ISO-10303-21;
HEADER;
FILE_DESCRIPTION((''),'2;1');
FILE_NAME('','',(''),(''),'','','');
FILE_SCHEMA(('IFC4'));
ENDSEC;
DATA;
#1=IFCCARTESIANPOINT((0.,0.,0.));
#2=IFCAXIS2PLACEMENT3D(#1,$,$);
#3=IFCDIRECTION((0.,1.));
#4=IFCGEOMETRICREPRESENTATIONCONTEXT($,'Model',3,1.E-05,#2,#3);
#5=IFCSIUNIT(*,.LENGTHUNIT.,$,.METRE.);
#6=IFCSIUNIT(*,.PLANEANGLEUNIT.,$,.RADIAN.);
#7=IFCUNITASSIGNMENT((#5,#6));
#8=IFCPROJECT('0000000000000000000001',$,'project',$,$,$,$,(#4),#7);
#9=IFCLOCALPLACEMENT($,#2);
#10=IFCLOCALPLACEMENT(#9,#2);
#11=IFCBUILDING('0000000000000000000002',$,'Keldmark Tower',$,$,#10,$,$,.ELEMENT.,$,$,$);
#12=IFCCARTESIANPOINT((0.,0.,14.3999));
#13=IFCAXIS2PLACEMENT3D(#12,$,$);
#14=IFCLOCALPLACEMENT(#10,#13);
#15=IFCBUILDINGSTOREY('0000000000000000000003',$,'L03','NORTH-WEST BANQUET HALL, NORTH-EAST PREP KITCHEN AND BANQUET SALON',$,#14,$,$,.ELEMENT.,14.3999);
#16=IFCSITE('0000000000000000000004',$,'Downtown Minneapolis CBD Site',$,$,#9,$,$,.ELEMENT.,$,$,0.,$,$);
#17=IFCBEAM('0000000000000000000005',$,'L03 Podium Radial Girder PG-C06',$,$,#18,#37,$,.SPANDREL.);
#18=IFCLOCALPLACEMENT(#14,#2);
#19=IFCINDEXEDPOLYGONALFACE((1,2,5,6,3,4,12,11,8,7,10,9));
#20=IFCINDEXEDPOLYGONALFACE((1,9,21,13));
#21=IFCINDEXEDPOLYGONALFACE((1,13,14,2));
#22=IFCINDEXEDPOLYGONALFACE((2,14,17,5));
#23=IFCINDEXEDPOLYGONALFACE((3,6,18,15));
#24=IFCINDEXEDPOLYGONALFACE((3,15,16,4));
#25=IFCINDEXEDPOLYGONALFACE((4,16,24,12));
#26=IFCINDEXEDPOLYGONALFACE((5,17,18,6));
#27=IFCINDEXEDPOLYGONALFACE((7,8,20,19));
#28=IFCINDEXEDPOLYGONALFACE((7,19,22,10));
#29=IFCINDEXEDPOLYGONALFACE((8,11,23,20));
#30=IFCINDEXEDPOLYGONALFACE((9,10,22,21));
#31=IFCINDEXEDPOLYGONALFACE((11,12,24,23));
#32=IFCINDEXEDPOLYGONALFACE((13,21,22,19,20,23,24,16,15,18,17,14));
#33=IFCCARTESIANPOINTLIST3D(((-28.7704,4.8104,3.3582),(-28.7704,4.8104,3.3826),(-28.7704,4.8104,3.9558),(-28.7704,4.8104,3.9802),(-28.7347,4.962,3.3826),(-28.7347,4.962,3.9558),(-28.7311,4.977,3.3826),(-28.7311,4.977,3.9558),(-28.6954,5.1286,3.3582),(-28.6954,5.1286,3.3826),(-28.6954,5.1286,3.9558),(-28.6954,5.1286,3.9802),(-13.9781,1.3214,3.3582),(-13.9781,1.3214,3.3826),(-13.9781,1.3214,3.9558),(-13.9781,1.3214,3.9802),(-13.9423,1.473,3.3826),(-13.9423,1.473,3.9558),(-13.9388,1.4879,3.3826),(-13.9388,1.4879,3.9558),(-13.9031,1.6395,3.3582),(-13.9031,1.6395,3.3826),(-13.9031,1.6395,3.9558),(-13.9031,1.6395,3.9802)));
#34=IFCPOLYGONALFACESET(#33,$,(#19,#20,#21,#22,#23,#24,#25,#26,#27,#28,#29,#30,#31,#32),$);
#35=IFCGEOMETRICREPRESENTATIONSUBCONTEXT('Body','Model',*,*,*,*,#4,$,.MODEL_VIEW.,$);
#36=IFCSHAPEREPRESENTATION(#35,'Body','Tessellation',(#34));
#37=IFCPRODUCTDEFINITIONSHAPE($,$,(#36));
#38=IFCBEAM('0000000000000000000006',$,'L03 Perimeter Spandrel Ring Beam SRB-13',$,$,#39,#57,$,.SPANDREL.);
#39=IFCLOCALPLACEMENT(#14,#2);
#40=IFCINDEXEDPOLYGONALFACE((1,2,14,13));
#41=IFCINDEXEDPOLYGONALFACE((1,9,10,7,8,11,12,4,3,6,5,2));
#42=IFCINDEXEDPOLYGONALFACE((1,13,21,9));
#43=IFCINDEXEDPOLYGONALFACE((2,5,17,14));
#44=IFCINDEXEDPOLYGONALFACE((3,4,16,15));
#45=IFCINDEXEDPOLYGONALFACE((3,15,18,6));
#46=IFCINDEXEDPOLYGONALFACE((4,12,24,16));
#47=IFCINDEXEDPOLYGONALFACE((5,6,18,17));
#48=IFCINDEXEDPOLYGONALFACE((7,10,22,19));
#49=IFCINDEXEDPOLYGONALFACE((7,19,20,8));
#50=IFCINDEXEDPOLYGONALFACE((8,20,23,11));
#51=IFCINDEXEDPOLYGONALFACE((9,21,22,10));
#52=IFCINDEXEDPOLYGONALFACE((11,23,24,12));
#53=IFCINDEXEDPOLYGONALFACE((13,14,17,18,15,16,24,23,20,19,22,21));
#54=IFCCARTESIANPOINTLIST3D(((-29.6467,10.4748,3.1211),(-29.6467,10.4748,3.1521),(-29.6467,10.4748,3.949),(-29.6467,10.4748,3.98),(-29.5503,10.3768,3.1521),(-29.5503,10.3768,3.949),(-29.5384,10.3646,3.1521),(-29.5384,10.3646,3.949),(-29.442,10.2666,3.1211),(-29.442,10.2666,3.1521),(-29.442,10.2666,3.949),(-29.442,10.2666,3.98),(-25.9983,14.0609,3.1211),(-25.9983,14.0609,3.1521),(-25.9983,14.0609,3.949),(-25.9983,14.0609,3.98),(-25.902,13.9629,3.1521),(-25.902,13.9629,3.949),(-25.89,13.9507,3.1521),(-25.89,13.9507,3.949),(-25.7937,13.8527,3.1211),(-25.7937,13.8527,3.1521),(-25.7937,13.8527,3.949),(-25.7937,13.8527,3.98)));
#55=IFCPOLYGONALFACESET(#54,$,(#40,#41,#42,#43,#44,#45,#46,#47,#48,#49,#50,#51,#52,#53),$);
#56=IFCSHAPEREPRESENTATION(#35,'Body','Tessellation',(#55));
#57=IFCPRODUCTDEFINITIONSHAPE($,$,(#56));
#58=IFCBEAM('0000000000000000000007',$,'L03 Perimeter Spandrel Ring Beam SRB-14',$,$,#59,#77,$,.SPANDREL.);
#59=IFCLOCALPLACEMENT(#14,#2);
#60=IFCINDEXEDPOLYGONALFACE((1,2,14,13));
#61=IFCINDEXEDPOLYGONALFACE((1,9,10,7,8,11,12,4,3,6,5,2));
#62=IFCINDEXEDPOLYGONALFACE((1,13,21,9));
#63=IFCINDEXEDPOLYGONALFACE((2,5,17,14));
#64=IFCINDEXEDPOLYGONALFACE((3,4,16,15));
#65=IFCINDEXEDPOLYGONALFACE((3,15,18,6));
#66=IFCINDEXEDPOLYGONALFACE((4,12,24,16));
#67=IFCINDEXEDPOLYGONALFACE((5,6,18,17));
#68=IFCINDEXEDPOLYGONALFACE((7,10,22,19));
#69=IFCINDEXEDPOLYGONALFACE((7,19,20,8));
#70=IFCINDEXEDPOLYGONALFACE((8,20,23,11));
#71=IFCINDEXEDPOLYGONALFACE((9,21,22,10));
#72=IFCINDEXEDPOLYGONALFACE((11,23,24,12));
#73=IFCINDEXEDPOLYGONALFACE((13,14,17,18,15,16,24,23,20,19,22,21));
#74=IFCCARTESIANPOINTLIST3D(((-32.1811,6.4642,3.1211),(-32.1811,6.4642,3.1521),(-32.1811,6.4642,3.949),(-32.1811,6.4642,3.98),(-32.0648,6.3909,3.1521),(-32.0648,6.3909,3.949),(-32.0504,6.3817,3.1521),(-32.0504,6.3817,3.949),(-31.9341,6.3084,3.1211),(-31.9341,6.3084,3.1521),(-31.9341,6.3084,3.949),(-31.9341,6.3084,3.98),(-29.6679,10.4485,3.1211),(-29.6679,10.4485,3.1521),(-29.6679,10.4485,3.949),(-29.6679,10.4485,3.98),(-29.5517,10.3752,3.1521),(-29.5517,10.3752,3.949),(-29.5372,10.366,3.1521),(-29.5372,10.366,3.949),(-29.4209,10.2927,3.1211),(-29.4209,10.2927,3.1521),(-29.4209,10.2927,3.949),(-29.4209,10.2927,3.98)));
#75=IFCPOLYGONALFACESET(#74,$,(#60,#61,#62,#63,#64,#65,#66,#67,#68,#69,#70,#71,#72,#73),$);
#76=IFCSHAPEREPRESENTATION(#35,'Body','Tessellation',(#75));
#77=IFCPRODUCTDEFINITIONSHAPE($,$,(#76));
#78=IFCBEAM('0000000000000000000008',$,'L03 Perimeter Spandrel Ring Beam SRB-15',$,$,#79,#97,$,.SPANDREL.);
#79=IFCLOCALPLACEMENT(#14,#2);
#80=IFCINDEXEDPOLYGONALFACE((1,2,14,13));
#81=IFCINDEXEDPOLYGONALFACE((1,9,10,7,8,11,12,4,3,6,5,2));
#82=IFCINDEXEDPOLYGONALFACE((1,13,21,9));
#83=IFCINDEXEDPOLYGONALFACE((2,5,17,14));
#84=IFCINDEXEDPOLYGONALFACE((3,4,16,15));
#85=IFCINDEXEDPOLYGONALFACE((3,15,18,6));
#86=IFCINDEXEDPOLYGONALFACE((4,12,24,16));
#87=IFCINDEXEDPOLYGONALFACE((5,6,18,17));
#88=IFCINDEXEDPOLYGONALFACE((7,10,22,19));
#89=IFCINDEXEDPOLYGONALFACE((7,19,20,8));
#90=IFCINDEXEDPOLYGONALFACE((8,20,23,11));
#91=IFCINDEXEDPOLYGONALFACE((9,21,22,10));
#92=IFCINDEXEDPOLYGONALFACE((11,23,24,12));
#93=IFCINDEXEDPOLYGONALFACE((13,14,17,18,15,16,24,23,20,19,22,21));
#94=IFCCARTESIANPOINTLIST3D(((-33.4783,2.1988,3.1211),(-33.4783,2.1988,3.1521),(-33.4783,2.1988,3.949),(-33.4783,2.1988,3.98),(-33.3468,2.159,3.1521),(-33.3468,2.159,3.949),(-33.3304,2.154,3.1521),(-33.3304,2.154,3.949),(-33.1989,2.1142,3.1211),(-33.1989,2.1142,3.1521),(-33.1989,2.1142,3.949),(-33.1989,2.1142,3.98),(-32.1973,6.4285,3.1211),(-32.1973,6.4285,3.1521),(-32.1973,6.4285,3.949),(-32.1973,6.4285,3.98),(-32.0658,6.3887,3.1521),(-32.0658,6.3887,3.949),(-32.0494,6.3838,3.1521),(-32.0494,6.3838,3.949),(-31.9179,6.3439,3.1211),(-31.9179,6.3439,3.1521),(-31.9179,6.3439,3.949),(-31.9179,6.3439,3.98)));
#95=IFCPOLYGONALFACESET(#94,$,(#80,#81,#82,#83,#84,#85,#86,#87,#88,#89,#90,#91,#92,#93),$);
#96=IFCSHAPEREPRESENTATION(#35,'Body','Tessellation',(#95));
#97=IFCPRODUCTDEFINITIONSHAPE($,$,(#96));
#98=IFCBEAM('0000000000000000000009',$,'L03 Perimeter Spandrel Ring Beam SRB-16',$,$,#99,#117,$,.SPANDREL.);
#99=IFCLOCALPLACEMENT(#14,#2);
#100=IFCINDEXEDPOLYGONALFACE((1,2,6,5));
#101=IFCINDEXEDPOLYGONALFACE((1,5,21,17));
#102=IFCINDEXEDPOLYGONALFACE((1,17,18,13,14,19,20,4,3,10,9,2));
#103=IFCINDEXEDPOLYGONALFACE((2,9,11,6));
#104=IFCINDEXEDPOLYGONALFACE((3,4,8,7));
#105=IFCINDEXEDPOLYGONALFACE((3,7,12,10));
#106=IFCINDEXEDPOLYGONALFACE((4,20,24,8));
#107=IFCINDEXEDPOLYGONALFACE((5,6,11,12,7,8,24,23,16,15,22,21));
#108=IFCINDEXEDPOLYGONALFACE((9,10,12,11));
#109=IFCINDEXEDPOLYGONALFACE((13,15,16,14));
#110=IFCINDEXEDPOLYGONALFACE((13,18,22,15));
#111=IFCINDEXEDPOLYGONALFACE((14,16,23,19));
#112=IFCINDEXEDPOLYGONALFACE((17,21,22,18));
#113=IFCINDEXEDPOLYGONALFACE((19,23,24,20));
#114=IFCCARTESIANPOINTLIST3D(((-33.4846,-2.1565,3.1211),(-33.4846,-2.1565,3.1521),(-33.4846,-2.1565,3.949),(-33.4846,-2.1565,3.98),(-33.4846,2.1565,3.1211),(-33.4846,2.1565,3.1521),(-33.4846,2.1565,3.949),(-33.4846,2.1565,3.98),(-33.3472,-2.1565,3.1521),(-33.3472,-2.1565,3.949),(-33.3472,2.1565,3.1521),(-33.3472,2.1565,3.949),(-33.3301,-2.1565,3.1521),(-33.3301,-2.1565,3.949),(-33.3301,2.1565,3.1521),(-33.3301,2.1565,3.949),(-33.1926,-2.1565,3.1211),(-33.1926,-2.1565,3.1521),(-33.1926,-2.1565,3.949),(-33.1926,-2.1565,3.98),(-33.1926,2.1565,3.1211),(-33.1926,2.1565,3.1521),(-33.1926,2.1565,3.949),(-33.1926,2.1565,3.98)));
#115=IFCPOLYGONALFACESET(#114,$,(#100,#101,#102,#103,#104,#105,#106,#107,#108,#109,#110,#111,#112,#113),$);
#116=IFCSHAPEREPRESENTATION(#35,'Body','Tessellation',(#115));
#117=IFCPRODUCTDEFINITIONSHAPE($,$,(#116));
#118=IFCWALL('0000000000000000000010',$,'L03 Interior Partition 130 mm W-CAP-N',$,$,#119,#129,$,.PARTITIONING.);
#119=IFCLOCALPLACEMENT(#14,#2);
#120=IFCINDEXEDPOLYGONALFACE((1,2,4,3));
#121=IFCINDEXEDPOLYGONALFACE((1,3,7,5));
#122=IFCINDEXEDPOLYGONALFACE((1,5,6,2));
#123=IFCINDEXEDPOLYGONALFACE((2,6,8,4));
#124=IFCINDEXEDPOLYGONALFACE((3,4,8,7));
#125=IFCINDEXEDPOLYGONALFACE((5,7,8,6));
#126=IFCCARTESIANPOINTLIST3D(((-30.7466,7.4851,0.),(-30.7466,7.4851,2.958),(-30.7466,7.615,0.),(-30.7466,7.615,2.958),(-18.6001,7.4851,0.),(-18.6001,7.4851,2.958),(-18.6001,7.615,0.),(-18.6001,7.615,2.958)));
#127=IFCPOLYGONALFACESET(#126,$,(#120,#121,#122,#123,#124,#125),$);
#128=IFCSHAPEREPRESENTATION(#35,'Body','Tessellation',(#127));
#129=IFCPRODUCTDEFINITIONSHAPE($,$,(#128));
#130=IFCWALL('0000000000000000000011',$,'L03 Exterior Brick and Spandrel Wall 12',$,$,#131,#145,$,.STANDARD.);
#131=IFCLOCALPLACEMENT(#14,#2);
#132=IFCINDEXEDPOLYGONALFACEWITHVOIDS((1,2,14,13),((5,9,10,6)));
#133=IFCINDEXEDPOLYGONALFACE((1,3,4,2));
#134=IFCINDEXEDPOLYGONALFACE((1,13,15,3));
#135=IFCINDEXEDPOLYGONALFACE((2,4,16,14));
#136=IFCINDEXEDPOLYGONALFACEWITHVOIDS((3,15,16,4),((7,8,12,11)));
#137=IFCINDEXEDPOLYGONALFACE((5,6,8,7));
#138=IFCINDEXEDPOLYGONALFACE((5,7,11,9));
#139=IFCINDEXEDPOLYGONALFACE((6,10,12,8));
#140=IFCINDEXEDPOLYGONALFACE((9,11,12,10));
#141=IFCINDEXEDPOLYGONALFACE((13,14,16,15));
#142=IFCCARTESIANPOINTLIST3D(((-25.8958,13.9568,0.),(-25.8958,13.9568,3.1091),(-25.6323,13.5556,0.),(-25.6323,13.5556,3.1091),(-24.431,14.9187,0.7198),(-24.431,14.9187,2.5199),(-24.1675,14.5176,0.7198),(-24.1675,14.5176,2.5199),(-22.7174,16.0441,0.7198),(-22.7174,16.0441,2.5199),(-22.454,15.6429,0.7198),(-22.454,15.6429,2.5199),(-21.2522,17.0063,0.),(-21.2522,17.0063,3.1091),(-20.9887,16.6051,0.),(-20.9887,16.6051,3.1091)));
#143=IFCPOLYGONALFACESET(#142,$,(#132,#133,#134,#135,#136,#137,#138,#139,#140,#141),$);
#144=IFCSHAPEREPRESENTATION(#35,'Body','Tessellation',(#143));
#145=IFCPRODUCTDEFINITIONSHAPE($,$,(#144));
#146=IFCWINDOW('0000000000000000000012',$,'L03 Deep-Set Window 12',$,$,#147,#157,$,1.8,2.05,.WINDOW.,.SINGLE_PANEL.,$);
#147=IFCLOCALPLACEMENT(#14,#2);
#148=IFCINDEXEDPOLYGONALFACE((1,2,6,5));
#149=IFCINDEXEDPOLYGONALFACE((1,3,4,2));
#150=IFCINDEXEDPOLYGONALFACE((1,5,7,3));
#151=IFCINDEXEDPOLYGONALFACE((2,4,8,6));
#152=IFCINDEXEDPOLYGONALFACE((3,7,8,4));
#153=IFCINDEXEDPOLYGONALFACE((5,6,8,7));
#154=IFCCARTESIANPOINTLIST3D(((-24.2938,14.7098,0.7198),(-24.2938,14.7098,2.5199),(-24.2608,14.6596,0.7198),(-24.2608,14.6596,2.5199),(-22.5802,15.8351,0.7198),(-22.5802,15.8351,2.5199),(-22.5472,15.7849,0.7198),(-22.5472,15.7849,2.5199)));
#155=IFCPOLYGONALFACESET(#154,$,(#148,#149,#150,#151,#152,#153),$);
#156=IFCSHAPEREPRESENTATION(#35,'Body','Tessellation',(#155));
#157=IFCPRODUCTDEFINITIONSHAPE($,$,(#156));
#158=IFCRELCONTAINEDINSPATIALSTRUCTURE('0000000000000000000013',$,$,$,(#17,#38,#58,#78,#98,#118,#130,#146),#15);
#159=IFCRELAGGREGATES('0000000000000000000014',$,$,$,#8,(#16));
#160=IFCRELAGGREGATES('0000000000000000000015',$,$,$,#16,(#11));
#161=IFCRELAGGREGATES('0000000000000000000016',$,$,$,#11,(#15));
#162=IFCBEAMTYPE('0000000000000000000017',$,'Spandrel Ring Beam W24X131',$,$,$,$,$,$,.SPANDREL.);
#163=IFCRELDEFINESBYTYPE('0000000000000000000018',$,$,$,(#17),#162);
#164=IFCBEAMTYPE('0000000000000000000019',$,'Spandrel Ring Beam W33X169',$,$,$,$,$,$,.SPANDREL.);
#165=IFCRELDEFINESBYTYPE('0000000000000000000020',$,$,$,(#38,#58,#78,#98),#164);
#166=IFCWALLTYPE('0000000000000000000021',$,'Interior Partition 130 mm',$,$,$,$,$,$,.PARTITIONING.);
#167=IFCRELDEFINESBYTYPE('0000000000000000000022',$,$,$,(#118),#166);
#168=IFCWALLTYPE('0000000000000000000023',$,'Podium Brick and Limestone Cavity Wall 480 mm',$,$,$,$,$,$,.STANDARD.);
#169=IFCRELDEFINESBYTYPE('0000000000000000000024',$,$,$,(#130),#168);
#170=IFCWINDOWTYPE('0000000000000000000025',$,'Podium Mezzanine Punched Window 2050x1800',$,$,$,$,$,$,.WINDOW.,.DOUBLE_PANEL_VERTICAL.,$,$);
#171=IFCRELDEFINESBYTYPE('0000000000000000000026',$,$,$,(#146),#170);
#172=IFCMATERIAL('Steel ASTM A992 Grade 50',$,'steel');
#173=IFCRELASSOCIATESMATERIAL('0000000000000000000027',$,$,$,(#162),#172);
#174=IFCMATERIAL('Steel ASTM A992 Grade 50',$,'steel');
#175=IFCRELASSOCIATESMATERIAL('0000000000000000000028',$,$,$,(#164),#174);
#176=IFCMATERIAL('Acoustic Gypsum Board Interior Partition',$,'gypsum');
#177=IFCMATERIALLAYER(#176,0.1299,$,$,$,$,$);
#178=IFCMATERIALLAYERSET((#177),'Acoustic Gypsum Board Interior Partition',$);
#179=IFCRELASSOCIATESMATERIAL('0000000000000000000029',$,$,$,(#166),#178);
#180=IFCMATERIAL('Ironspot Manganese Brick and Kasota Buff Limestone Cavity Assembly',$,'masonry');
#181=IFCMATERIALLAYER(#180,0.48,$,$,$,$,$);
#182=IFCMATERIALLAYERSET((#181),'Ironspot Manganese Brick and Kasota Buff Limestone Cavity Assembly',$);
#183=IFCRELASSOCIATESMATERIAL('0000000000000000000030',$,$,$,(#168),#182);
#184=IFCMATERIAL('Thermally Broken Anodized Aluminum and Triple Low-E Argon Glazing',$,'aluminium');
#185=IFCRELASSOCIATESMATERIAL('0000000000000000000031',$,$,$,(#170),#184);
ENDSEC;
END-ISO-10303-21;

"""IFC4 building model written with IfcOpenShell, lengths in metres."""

from ifc_helpers import new_model, si_unit, direction, frame, frame_2d, origin, origin_2d, place, context, subcontext, project, spatial, rectangle, i_section, extrude, material, layer, layer_set, material_profile, profile_set, type_object, element, fill, save


model = new_model("IFC4")

# Units and contexts
model_context = context("Model", 3, precision=1e-05, world=origin(), true_north=direction((0.0, 1.0)))
body_context = subcontext(model_context, "Body", "Model", "MODEL_VIEW")
ifc_project = project(units=[si_unit("LENGTHUNIT", "METRE"), si_unit("PLANEANGLEUNIT", "RADIAN")], contexts=[model_context])

# Site, building, storey
site_placement = place(None, origin())
site = spatial("IfcSite", under=ifc_project, at=site_placement, Name="Downtown Minneapolis CBD Site", CompositionType="ELEMENT", RefElevation=0.0)
building_placement = place(site_placement, origin())
building = spatial("IfcBuilding", under=site, at=building_placement, Name="Keldmark Tower", CompositionType="ELEMENT")
storey_placement = place(building_placement, frame((0.0, 0.0, 14.3999)))
storey = spatial("IfcBuildingStorey", under=building, at=storey_placement, Name="L03", Description="NORTH-WEST BANQUET HALL, NORTH-EAST PREP KITCHEN AND BANQUET SALON", CompositionType="ELEMENT", Elevation=14.3999)

# Beams
ifc_material_1 = material(Name="Steel ASTM A992 Grade 50", Category="steel")
ifc_material_profile_1 = material_profile(ifc_material_1, i_section(OverallWidth=0.3269, OverallDepth=0.6221, WebThickness=0.0154, FlangeThickness=0.0244, at=origin_2d()), Name="W24X131")
ifc_profile_set_1 = profile_set([ifc_material_profile_1], Name="Steel ASTM A992 Grade 50")
beam_type_1 = type_object("IfcBeamType", Name="Spandrel Ring Beam W24X131", PredefinedType="SPANDREL", material=ifc_profile_set_1)
beam_1_placement = place(storey_placement, frame((-28.7329, 4.9695, 3.6692), z_axis=(0.973293, -0.229568, 0.0), x_axis=(0.229568, 0.973293, 0.0)))
element("IfcBeam", 1, at=beam_1_placement, inside=storey, type_object=beam_type_1, Name="L03 Podium Radial Girder PG-C06", PredefinedType="SPANDREL", context=body_context, shape_type="SweptSolid", body=[
    extrude(i_section(OverallWidth=0.3269, OverallDepth=0.6221, WebThickness=0.0154, FlangeThickness=0.0244, at=origin_2d()), origin(), (0.0, 0.0, 1.0), 15.1982),
])
ifc_material_2 = material(Name="Steel ASTM A992 Grade 50", Category="steel")
ifc_material_profile_2 = material_profile(ifc_material_2, i_section(OverallWidth=0.292, OverallDepth=0.8589, WebThickness=0.0171, FlangeThickness=0.031, at=origin_2d()), Name="W33X169")
ifc_profile_set_2 = profile_set([ifc_material_profile_2], Name="Steel ASTM A992 Grade 50")
beam_type_2 = type_object("IfcBeamType", Name="Spandrel Ring Beam W33X169", PredefinedType="SPANDREL", material=ifc_profile_set_2)
beam_2_placement = place(storey_placement, frame((-25.896, 13.9568, 3.5505), z_axis=(-0.713165, -0.700996, 0.0), x_axis=(0.700996, -0.713165, 0.0)))
element("IfcBeam", 2, at=beam_2_placement, inside=storey, type_object=beam_type_2, Name="L03 Perimeter Spandrel Ring Beam SRB-13", PredefinedType="SPANDREL", context=body_context, shape_type="SweptSolid", body=[
    extrude(i_section(OverallWidth=0.292, OverallDepth=0.8589, WebThickness=0.0171, FlangeThickness=0.031, at=origin_2d()), origin(), (0.0, 0.0, 1.0), 5.1157),
])
beam_3_placement = place(storey_placement, frame((-29.5444, 10.3706, 3.5505), z_axis=(-0.533498, -0.845802, 0.0), x_axis=(0.845802, -0.533498, 0.0)))
element("IfcBeam", 3, at=beam_3_placement, inside=storey, type_object=beam_type_2, Name="L03 Perimeter Spandrel Ring Beam SRB-14", PredefinedType="SPANDREL", context=body_context, shape_type="SweptSolid", body=[
    extrude(i_section(OverallWidth=0.292, OverallDepth=0.8589, WebThickness=0.0171, FlangeThickness=0.031, at=origin_2d()), origin(), (0.0, 0.0, 1.0), 4.7107),
])
beam_4_placement = place(storey_placement, frame((-32.0576, 6.3862, 3.5505), z_axis=(-0.289856, -0.95707, 0.0), x_axis=(0.95707, -0.289856, 0.0)))
element("IfcBeam", 4, at=beam_4_placement, inside=storey, type_object=beam_type_2, Name="L03 Perimeter Spandrel Ring Beam SRB-15", PredefinedType="SPANDREL", context=body_context, shape_type="SweptSolid", body=[
    extrude(i_section(OverallWidth=0.292, OverallDepth=0.8589, WebThickness=0.0171, FlangeThickness=0.031, at=origin_2d()), origin(), (0.0, 0.0, 1.0), 4.4194),
])
beam_5_placement = place(storey_placement, frame((-33.3386, 2.1565, 3.5505), z_axis=(0.0, -1.0, 0.0), x_axis=(1.0, 0.0, 0.0)))
element("IfcBeam", 5, at=beam_5_placement, inside=storey, type_object=beam_type_2, Name="L03 Perimeter Spandrel Ring Beam SRB-16", PredefinedType="SPANDREL", context=body_context, shape_type="SweptSolid", body=[
    extrude(i_section(OverallWidth=0.292, OverallDepth=0.8589, WebThickness=0.0171, FlangeThickness=0.031, at=origin_2d()), origin(), (0.0, 0.0, 1.0), 4.313),
])

# Wall
ifc_material_3 = material(Name="Acoustic Gypsum Board Interior Partition", Category="gypsum")
ifc_layer_1 = layer(ifc_material_3, 0.1299)
ifc_layer_set_1 = layer_set([ifc_layer_1], Name="Acoustic Gypsum Board Interior Partition")
wall_type_1 = type_object("IfcWallType", Name="Interior Partition 130 mm", PredefinedType="PARTITIONING", material=ifc_layer_set_1)
wall_1_placement = place(storey_placement, frame((-30.7466, 7.55, 0.0), z_axis=(0.0, 0.0, 1.0), x_axis=(1.0, 0.0, 0.0)))
element("IfcWall", 6, at=wall_1_placement, inside=storey, type_object=wall_type_1, Name="L03 Interior Partition 130 mm W-CAP-N", PredefinedType="PARTITIONING", context=body_context, shape_type="SweptSolid", body=[
    extrude(rectangle(XDim=12.1465, YDim=0.1299, at=frame_2d((6.0732, 0.0))), origin(), (0.0, 0.0, 1.0), 2.958),
])

# Wall, opening, window
ifc_material_4 = material(Name="Ironspot Manganese Brick and Kasota Buff Limestone Cavity Assembly", Category="masonry")
ifc_layer_2 = layer(ifc_material_4, 0.48)
ifc_layer_set_2 = layer_set([ifc_layer_2], Name="Ironspot Manganese Brick and Kasota Buff Limestone Cavity Assembly")
wall_type_2 = type_object("IfcWallType", Name="Podium Brick and Limestone Cavity Wall 480 mm", PredefinedType="STANDARD", material=ifc_layer_set_2)
wall_2_placement = place(storey_placement, frame((-25.7642, 13.7561, 0.0), z_axis=(0.0, 0.0, 1.0), x_axis=(0.835864, 0.548937, 0.0)))
wall_2 = element("IfcWall", 7, at=wall_2_placement, inside=storey, type_object=wall_type_2, Name="L03 Exterior Brick and Spandrel Wall 12", PredefinedType="STANDARD", context=body_context, shape_type="SweptSolid", body=[
    extrude(rectangle(XDim=5.5554, YDim=0.48, at=frame_2d((2.7778, 0.0))), origin(), (0.0, 0.0, 1.0), 3.1091),
])
opening_1_placement = place(wall_2_placement, frame((1.7527, 0.0, 0.72)))
opening_1 = element("IfcOpeningElement", 8, at=opening_1_placement, cuts=wall_2, PredefinedType="OPENING", context=body_context, shape_type="SweptSolid", body=[
    extrude(rectangle(XDim=2.05, YDim=1.8, at=frame_2d((1.0249, 0.8999))), frame((0.0, 0.25, 0.0), z_axis=(0.0, -1.0, 0.0), x_axis=(1.0, 0.0, 0.0)), (0.0, 0.0, 1.0), 0.5),
])
ifc_material_5 = material(Name="Thermally Broken Anodized Aluminum and Triple Low-E Argon Glazing", Category="aluminium")
window_type = type_object("IfcWindowType", Name="Podium Mezzanine Punched Window 2050x1800", PartitioningType="DOUBLE_PANEL_VERTICAL", PredefinedType="WINDOW", material=ifc_material_5)
window_1_placement = place(opening_1_placement, origin())
window_1 = element("IfcWindow", 9, at=window_1_placement, inside=storey, type_object=window_type, Name="L03 Deep-Set Window 12", OverallHeight=1.8, OverallWidth=2.05, PartitioningType="SINGLE_PANEL", PredefinedType="WINDOW", context=body_context, shape_type="SweptSolid", body=[
    extrude(rectangle(XDim=2.05, YDim=1.8, at=frame_2d((1.0249, 0.8999))), frame((0.0, -0.01, 0.0), z_axis=(0.0, -1.0, 0.0), x_axis=(1.0, 0.0, 0.0)), (0.0, 0.0, 1.0), 0.0601),
])
fill(opening_1, window_1)

save(model, "model.ifc")
